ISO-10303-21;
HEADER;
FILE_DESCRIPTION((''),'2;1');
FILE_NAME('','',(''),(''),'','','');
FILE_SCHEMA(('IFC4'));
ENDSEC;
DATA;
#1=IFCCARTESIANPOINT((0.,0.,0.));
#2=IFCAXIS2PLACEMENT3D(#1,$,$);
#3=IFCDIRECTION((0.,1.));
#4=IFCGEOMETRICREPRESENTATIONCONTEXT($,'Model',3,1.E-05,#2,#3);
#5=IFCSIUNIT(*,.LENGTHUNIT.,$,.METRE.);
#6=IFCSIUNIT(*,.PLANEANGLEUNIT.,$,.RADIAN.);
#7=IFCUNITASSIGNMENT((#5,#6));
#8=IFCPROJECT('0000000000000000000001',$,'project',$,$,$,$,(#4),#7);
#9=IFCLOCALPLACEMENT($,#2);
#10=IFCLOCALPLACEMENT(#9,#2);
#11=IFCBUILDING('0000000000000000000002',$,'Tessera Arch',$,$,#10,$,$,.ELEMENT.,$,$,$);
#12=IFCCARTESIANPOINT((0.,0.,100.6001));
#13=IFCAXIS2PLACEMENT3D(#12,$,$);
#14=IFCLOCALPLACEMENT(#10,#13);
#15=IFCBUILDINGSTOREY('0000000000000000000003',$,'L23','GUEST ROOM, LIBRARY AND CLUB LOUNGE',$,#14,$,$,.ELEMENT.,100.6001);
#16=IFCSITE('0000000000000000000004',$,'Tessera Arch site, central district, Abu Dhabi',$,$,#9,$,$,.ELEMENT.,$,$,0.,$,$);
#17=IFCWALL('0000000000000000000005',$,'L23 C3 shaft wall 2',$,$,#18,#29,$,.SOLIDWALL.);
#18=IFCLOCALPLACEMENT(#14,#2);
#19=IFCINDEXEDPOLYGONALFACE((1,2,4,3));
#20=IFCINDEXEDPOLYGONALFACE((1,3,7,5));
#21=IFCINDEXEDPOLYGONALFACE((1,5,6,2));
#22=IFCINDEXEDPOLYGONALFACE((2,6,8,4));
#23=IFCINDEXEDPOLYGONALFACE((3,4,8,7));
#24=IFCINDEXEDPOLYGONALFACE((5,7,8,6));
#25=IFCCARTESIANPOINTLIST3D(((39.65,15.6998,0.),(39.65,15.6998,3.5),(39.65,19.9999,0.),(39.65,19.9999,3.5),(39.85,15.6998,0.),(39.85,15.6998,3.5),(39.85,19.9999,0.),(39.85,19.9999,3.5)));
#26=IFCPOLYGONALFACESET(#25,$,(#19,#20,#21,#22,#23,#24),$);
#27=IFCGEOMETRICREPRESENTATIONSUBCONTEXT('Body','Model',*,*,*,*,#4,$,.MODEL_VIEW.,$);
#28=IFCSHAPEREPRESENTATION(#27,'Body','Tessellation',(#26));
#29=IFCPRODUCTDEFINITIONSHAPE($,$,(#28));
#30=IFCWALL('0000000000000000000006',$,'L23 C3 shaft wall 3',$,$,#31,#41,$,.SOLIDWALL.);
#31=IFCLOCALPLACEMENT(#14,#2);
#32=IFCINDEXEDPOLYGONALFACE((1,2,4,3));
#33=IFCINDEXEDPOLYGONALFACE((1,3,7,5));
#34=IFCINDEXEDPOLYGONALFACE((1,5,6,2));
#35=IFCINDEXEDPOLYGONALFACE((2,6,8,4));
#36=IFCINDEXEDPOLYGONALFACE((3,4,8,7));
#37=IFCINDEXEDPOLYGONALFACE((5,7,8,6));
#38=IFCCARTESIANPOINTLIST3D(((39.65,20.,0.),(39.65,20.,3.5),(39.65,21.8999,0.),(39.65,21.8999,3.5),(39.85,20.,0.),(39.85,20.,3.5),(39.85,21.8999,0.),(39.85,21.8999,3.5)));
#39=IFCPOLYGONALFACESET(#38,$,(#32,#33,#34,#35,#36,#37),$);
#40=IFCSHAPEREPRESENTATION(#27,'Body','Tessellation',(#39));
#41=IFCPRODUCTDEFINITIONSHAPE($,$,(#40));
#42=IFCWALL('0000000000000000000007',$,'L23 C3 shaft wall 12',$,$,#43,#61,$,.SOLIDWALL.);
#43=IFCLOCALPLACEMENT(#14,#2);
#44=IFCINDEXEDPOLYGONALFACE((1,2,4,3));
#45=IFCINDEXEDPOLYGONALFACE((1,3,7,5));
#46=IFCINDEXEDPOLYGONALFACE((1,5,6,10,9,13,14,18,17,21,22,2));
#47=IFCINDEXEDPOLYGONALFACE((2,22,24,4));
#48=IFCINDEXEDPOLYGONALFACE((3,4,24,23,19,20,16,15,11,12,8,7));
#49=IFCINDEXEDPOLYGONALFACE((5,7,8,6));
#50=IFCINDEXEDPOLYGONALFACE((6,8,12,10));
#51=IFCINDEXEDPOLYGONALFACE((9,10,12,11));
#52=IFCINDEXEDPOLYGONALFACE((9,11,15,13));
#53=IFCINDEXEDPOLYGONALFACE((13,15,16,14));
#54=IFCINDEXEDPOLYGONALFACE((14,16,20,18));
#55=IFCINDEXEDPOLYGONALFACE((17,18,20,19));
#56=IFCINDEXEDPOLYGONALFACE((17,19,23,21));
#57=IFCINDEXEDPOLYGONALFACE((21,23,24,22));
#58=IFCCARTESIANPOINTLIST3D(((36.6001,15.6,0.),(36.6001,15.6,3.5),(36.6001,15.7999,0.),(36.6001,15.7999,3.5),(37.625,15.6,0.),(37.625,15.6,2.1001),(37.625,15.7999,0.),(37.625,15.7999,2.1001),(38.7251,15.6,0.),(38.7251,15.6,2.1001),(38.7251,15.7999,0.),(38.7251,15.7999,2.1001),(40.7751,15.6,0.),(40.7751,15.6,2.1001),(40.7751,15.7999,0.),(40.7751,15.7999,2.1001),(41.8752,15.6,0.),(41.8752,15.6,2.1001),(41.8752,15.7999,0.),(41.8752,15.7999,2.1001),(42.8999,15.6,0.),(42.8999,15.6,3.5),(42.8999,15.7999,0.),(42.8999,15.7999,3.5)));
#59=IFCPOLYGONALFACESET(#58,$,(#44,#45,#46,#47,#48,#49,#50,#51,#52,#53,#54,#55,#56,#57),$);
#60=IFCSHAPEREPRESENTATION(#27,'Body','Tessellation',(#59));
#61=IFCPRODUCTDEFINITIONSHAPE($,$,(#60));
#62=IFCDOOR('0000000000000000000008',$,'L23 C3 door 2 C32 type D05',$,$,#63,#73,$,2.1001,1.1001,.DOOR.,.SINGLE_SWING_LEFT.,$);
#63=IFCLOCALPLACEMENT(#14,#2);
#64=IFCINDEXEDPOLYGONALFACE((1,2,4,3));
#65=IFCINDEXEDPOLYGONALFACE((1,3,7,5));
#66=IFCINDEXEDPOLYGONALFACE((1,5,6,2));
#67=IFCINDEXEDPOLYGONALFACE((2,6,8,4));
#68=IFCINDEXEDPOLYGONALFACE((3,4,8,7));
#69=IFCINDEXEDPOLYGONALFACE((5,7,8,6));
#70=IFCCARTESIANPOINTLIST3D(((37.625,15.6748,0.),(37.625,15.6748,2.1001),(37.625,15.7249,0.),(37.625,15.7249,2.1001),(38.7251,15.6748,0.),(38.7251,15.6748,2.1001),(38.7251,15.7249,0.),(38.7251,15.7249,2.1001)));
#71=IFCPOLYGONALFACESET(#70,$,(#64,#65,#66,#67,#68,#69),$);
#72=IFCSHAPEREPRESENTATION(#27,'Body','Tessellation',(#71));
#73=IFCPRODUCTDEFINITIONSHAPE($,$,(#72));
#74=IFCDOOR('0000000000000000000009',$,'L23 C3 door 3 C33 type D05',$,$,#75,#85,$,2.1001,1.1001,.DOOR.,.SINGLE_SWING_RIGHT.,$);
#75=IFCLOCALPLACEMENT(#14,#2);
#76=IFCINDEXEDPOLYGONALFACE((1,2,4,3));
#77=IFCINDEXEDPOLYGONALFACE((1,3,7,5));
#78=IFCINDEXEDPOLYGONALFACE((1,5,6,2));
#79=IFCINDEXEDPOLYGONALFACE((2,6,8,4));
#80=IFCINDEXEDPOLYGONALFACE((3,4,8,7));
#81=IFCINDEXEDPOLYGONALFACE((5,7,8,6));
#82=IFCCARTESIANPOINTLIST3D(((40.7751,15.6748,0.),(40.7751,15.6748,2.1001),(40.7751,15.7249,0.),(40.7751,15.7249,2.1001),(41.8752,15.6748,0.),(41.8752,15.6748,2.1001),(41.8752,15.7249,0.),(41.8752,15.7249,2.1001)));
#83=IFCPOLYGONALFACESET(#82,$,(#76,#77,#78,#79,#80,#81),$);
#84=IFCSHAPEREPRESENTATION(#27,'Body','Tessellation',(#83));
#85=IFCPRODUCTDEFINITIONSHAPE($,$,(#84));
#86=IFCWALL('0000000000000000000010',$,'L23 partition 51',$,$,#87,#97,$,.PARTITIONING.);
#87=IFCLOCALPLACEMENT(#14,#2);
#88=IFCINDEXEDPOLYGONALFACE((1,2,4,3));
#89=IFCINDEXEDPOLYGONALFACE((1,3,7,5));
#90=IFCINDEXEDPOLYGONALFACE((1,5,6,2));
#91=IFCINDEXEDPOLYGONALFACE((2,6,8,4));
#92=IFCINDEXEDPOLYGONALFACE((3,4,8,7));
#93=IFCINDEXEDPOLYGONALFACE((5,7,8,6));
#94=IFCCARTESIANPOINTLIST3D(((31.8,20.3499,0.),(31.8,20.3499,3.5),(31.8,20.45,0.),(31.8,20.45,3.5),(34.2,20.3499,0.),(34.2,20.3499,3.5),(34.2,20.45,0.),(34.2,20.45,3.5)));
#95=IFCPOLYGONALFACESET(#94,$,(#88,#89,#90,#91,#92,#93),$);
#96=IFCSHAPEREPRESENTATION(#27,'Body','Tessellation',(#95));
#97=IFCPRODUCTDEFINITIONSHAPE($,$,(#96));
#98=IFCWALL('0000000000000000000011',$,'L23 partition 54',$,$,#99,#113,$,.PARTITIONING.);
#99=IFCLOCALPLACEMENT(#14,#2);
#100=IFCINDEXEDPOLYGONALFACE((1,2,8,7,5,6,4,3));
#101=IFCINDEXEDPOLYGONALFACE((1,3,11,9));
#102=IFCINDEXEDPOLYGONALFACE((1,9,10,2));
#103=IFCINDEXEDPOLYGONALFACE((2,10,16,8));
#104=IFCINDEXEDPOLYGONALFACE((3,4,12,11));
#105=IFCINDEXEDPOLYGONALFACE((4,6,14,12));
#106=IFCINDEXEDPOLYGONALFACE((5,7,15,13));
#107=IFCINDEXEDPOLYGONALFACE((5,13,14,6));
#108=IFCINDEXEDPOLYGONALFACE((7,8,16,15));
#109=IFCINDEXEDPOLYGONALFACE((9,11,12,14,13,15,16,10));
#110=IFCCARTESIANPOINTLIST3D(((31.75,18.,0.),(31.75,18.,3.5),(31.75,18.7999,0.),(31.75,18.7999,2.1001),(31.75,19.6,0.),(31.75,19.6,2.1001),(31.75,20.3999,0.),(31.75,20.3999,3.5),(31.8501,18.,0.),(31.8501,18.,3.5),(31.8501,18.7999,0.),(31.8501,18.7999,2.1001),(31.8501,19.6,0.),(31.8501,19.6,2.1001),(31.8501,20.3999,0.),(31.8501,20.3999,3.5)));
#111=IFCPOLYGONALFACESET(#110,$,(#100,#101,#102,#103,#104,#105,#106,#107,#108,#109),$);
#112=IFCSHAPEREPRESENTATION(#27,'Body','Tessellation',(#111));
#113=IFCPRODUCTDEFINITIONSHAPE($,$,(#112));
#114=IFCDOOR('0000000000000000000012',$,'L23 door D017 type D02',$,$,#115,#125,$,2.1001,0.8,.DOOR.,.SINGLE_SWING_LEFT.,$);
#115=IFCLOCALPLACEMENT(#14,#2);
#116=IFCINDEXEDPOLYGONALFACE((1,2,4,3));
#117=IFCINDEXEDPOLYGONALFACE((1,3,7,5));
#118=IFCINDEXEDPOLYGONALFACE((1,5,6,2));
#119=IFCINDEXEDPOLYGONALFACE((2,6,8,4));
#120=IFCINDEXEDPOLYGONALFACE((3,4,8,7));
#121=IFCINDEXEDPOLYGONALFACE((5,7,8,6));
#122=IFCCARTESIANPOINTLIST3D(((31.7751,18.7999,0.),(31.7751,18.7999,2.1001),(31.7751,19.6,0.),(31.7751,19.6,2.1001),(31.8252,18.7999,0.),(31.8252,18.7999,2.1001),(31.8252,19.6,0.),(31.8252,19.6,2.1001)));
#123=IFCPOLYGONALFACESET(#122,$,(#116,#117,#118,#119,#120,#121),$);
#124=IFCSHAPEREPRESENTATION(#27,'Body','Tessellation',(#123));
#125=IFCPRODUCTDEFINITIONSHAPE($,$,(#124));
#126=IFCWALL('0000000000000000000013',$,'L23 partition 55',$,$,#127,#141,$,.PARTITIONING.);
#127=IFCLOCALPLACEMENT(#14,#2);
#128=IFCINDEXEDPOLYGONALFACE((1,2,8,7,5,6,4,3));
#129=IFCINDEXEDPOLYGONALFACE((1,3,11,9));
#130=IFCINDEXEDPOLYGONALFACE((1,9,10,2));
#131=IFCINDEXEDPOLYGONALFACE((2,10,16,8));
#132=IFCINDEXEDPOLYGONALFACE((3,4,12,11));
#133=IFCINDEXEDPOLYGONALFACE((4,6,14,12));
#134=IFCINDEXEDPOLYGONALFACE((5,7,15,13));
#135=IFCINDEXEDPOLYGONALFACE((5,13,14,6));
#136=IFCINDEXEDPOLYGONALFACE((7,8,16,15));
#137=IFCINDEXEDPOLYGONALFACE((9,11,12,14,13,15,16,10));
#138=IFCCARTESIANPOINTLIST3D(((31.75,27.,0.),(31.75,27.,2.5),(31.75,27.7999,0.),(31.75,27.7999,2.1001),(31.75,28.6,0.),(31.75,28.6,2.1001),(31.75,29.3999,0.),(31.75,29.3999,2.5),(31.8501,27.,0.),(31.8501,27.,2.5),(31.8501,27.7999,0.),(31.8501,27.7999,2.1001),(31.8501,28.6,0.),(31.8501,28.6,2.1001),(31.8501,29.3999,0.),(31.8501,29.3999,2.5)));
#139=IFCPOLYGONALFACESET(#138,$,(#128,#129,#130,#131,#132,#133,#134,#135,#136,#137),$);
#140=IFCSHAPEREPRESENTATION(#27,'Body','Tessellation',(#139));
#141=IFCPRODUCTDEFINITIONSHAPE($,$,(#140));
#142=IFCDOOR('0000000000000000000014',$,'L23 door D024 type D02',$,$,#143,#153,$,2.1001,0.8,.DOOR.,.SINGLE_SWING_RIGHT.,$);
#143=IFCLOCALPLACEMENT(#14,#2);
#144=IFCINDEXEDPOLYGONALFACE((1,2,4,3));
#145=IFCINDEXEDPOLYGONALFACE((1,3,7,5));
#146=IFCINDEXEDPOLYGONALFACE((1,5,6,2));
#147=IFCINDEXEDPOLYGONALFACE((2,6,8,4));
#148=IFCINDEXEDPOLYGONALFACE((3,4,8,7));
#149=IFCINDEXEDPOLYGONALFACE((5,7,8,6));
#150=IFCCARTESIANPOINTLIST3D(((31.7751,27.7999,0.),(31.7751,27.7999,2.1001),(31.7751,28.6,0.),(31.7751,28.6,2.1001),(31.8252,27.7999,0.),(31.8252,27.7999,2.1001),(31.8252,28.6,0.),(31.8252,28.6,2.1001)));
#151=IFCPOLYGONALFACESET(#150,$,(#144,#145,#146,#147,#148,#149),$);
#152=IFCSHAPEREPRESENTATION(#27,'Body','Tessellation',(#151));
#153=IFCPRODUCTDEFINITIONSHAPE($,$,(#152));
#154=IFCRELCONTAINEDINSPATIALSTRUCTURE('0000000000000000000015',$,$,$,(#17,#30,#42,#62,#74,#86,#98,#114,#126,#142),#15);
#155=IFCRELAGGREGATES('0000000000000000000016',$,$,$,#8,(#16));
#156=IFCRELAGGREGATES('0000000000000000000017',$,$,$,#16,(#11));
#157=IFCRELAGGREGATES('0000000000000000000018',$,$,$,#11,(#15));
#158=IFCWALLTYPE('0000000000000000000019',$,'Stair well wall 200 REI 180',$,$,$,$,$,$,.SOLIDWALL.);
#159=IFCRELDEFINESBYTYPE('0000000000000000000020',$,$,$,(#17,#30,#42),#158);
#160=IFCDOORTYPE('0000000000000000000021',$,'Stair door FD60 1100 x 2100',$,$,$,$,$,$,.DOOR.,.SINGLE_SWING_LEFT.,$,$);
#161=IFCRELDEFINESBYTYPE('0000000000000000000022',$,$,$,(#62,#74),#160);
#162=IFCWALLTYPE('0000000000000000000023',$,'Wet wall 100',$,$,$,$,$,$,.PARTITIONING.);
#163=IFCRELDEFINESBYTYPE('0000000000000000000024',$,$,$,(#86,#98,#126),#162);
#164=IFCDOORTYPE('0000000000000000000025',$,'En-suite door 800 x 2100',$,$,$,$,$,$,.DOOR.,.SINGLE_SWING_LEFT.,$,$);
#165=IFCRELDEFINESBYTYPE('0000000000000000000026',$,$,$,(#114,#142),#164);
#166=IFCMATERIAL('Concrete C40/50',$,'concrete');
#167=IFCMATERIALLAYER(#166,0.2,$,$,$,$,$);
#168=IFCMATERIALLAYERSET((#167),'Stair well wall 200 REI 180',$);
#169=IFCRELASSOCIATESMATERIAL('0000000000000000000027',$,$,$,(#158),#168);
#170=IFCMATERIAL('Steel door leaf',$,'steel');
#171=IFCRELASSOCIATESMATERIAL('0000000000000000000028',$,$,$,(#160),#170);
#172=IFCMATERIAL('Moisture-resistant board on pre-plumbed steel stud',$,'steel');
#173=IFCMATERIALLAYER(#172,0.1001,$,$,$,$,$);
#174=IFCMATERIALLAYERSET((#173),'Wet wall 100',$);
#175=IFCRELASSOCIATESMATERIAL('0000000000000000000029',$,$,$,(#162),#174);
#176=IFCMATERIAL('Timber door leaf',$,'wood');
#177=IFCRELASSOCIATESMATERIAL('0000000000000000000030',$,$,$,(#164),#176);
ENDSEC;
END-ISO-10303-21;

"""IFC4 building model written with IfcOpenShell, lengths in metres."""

from ifc_helpers import new_model, si_unit, direction, frame, frame_2d, origin, place, context, subcontext, project, spatial, rectangle, extrude, material, layer, layer_set, type_object, element, fill, save


model = new_model("IFC4")

# Units and contexts
model_context = context("Model", 3, precision=1e-05, world=origin(), true_north=direction((0.0, 1.0)))
body_context = subcontext(model_context, "Body", "Model", "MODEL_VIEW")
ifc_project = project(units=[si_unit("LENGTHUNIT", "METRE"), si_unit("PLANEANGLEUNIT", "RADIAN")], contexts=[model_context])

# Site, building, storey
site_placement = place(None, origin())
site = spatial("IfcSite", under=ifc_project, at=site_placement, Name="Tessera Arch site, central district, Abu Dhabi", CompositionType="ELEMENT", RefElevation=0.0)
building_placement = place(site_placement, origin())
building = spatial("IfcBuilding", under=site, at=building_placement, Name="Tessera Arch", CompositionType="ELEMENT")
storey_placement = place(building_placement, frame((0.0, 0.0, 100.6001)))
storey = spatial("IfcBuildingStorey", under=building, at=storey_placement, Name="L23", Description="GUEST ROOM, LIBRARY AND CLUB LOUNGE", CompositionType="ELEMENT", Elevation=100.6001)

# Walls
ifc_material_1 = material(Name="Concrete C40/50", Category="concrete")
ifc_layer_1 = layer(ifc_material_1, 0.2)
ifc_layer_set_1 = layer_set([ifc_layer_1], Name="Stair well wall 200 REI 180")
wall_type_1 = type_object("IfcWallType", Name="Stair well wall 200 REI 180", PredefinedType="SOLIDWALL", material=ifc_layer_set_1)
wall_1_placement = place(storey_placement, frame((39.75, 15.7, 0.0), z_axis=(0.0, 0.0, 1.0), x_axis=(0.0, 1.0, 0.0)))
element("IfcWall", 1, at=wall_1_placement, inside=storey, type_object=wall_type_1, Name="L23 C3 shaft wall 2", PredefinedType="SOLIDWALL", context=body_context, shape_type="SweptSolid", body=[
    extrude(rectangle(XDim=4.3, YDim=0.2, at=frame_2d((2.1499, 0.0))), origin(), (0.0, 0.0, 1.0), 3.5),
])
wall_2_placement = place(storey_placement, frame((39.75, 20.0, 0.0), z_axis=(0.0, 0.0, 1.0), x_axis=(0.0, 1.0, 0.0)))
element("IfcWall", 2, at=wall_2_placement, inside=storey, type_object=wall_type_1, Name="L23 C3 shaft wall 3", PredefinedType="SOLIDWALL", context=body_context, shape_type="SweptSolid", body=[
    extrude(rectangle(XDim=1.8999, YDim=0.2, at=frame_2d((0.95, 0.0))), origin(), (0.0, 0.0, 1.0), 3.5),
])

# Wall, openings, doors
wall_3_placement = place(storey_placement, frame((36.6001, 15.7, 0.0), z_axis=(0.0, 0.0, 1.0), x_axis=(1.0, 0.0, 0.0)))
wall_3 = element("IfcWall", 3, at=wall_3_placement, inside=storey, type_object=wall_type_1, Name="L23 C3 shaft wall 12", PredefinedType="SOLIDWALL", context=body_context, shape_type="SweptSolid", body=[
    extrude(rectangle(XDim=6.2998, YDim=0.2, at=frame_2d((3.1499, 0.0))), origin(), (0.0, 0.0, 1.0), 3.5),
])
opening_1_placement = place(wall_3_placement, frame((1.0249, 0.0, 0.0)))
opening_1 = element("IfcOpeningElement", 4, at=opening_1_placement, cuts=wall_3, PredefinedType="OPENING", context=body_context, shape_type="SweptSolid", body=[
    extrude(rectangle(XDim=1.1001, YDim=2.1001, at=frame_2d((0.55, 1.05))), frame((0.0, 0.1099, 0.0), z_axis=(0.0, -1.0, 0.0), x_axis=(1.0, 0.0, 0.0)), (0.0, 0.0, 1.0), 0.22),
])
opening_2_placement = place(wall_3_placement, frame((4.175, 0.0, 0.0)))
opening_2 = element("IfcOpeningElement", 5, at=opening_2_placement, cuts=wall_3, PredefinedType="OPENING", context=body_context, shape_type="SweptSolid", body=[
    extrude(rectangle(XDim=1.1001, YDim=2.1001, at=frame_2d((0.55, 1.05))), frame((0.0, 0.1099, 0.0), z_axis=(0.0, -1.0, 0.0), x_axis=(1.0, 0.0, 0.0)), (0.0, 0.0, 1.0), 0.22),
])
ifc_material_2 = material(Name="Steel door leaf", Category="steel")
door_type_1 = type_object("IfcDoorType", Name="Stair door FD60 1100 x 2100", OperationType="SINGLE_SWING_LEFT", PredefinedType="DOOR", material=ifc_material_2)
door_1_placement = place(opening_1_placement, origin())
door_1 = element("IfcDoor", 6, at=door_1_placement, inside=storey, type_object=door_type_1, Name="L23 C3 door 2 C32 type D05", OperationType="SINGLE_SWING_LEFT", OverallHeight=2.1001, OverallWidth=1.1001, PredefinedType="DOOR", context=body_context, shape_type="SweptSolid", body=[
    extrude(rectangle(XDim=1.1001, YDim=2.1001, at=frame_2d((0.55, 1.05))), frame((0.0, 0.0249, 0.0), z_axis=(0.0, -1.0, 0.0), x_axis=(1.0, 0.0, 0.0)), (0.0, 0.0, 1.0), 0.05),
])
fill(opening_1, door_1)
door_2_placement = place(opening_2_placement, origin())
door_2 = element("IfcDoor", 7, at=door_2_placement, inside=storey, type_object=door_type_1, Name="L23 C3 door 3 C33 type D05", OperationType="SINGLE_SWING_RIGHT", OverallHeight=2.1001, OverallWidth=1.1001, PredefinedType="DOOR", context=body_context, shape_type="SweptSolid", body=[
    extrude(rectangle(XDim=1.1001, YDim=2.1001, at=frame_2d((0.55, 1.05))), frame((0.0, 0.0249, 0.0), z_axis=(0.0, -1.0, 0.0), x_axis=(1.0, 0.0, 0.0)), (0.0, 0.0, 1.0), 0.05),
])
fill(opening_2, door_2)

# Wall
ifc_material_3 = material(Name="Moisture-resistant board on pre-plumbed steel stud", Category="steel")
ifc_layer_2 = layer(ifc_material_3, 0.1001)
ifc_layer_set_2 = layer_set([ifc_layer_2], Name="Wet wall 100")
wall_type_2 = type_object("IfcWallType", Name="Wet wall 100", PredefinedType="PARTITIONING", material=ifc_layer_set_2)
wall_4_placement = place(storey_placement, frame((31.8, 20.3999, 0.0), z_axis=(0.0, 0.0, 1.0), x_axis=(1.0, 0.0, 0.0)))
element("IfcWall", 8, at=wall_4_placement, inside=storey, type_object=wall_type_2, Name="L23 partition 51", PredefinedType="PARTITIONING", context=body_context, shape_type="SweptSolid", body=[
    extrude(rectangle(XDim=2.3999, YDim=0.1001, at=frame_2d((1.2, 0.0))), origin(), (0.0, 0.0, 1.0), 3.5),
])

# Walls, openings, doors
wall_5_placement = place(storey_placement, frame((31.8, 18.0, 0.0), z_axis=(0.0, 0.0, 1.0), x_axis=(0.0, 1.0, 0.0)))
wall_5 = element("IfcWall", 9, at=wall_5_placement, inside=storey, type_object=wall_type_2, Name="L23 partition 54", PredefinedType="PARTITIONING", context=body_context, shape_type="SweptSolid", body=[
    extrude(rectangle(XDim=2.3999, YDim=0.1001, at=frame_2d((1.2, 0.0))), origin(), (0.0, 0.0, 1.0), 3.5),
])
opening_3_placement = place(wall_5_placement, frame((0.8, 0.0, 0.0)))
opening_3 = element("IfcOpeningElement", 10, at=opening_3_placement, cuts=wall_5, PredefinedType="OPENING", context=body_context, shape_type="SweptSolid", body=[
    extrude(rectangle(XDim=0.8, YDim=2.1001, at=frame_2d((0.3999, 1.05))), frame((0.0, 0.0601, 0.0), z_axis=(0.0, -1.0, 0.0), x_axis=(1.0, 0.0, 0.0)), (0.0, 0.0, 1.0), 0.1201),
])
ifc_material_4 = material(Name="Timber door leaf", Category="wood")
door_type_2 = type_object("IfcDoorType", Name="En-suite door 800 x 2100", OperationType="SINGLE_SWING_LEFT", PredefinedType="DOOR", material=ifc_material_4)
door_3_placement = place(opening_3_placement, origin())
door_3 = element("IfcDoor", 11, at=door_3_placement, inside=storey, type_object=door_type_2, Name="L23 door D017 type D02", OperationType="SINGLE_SWING_LEFT", OverallHeight=2.1001, OverallWidth=0.8, PredefinedType="DOOR", context=body_context, shape_type="SweptSolid", body=[
    extrude(rectangle(XDim=0.8, YDim=2.1001, at=frame_2d((0.3999, 1.05))), frame((0.0, 0.0249, 0.0), z_axis=(0.0, -1.0, 0.0), x_axis=(1.0, 0.0, 0.0)), (0.0, 0.0, 1.0), 0.05),
])
fill(opening_3, door_3)
wall_6_placement = place(storey_placement, frame((31.8, 27.0, 0.0), z_axis=(0.0, 0.0, 1.0), x_axis=(0.0, 1.0, 0.0)))
wall_6 = element("IfcWall", 12, at=wall_6_placement, inside=storey, type_object=wall_type_2, Name="L23 partition 55", PredefinedType="PARTITIONING", context=body_context, shape_type="SweptSolid", body=[
    extrude(rectangle(XDim=2.3999, YDim=0.1001, at=frame_2d((1.2, 0.0))), origin(), (0.0, 0.0, 1.0), 2.5),
])
opening_4_placement = place(wall_6_placement, frame((0.8, 0.0, 0.0)))
opening_4 = element("IfcOpeningElement", 13, at=opening_4_placement, cuts=wall_6, PredefinedType="OPENING", context=body_context, shape_type="SweptSolid", body=[
    extrude(rectangle(XDim=0.8, YDim=2.1001, at=frame_2d((0.3999, 1.05))), frame((0.0, 0.0601, 0.0), z_axis=(0.0, -1.0, 0.0), x_axis=(1.0, 0.0, 0.0)), (0.0, 0.0, 1.0), 0.1201),
])
door_4_placement = place(opening_4_placement, origin())
door_4 = element("IfcDoor", 14, at=door_4_placement, inside=storey, type_object=door_type_2, Name="L23 door D024 type D02", OperationType="SINGLE_SWING_RIGHT", OverallHeight=2.1001, OverallWidth=0.8, PredefinedType="DOOR", context=body_context, shape_type="SweptSolid", body=[
    extrude(rectangle(XDim=0.8, YDim=2.1001, at=frame_2d((0.3999, 1.05))), frame((0.0, 0.0249, 0.0), z_axis=(0.0, -1.0, 0.0), x_axis=(1.0, 0.0, 0.0)), (0.0, 0.0, 1.0), 0.05),
])
fill(opening_4, door_4)

save(model, "model.ifc")
